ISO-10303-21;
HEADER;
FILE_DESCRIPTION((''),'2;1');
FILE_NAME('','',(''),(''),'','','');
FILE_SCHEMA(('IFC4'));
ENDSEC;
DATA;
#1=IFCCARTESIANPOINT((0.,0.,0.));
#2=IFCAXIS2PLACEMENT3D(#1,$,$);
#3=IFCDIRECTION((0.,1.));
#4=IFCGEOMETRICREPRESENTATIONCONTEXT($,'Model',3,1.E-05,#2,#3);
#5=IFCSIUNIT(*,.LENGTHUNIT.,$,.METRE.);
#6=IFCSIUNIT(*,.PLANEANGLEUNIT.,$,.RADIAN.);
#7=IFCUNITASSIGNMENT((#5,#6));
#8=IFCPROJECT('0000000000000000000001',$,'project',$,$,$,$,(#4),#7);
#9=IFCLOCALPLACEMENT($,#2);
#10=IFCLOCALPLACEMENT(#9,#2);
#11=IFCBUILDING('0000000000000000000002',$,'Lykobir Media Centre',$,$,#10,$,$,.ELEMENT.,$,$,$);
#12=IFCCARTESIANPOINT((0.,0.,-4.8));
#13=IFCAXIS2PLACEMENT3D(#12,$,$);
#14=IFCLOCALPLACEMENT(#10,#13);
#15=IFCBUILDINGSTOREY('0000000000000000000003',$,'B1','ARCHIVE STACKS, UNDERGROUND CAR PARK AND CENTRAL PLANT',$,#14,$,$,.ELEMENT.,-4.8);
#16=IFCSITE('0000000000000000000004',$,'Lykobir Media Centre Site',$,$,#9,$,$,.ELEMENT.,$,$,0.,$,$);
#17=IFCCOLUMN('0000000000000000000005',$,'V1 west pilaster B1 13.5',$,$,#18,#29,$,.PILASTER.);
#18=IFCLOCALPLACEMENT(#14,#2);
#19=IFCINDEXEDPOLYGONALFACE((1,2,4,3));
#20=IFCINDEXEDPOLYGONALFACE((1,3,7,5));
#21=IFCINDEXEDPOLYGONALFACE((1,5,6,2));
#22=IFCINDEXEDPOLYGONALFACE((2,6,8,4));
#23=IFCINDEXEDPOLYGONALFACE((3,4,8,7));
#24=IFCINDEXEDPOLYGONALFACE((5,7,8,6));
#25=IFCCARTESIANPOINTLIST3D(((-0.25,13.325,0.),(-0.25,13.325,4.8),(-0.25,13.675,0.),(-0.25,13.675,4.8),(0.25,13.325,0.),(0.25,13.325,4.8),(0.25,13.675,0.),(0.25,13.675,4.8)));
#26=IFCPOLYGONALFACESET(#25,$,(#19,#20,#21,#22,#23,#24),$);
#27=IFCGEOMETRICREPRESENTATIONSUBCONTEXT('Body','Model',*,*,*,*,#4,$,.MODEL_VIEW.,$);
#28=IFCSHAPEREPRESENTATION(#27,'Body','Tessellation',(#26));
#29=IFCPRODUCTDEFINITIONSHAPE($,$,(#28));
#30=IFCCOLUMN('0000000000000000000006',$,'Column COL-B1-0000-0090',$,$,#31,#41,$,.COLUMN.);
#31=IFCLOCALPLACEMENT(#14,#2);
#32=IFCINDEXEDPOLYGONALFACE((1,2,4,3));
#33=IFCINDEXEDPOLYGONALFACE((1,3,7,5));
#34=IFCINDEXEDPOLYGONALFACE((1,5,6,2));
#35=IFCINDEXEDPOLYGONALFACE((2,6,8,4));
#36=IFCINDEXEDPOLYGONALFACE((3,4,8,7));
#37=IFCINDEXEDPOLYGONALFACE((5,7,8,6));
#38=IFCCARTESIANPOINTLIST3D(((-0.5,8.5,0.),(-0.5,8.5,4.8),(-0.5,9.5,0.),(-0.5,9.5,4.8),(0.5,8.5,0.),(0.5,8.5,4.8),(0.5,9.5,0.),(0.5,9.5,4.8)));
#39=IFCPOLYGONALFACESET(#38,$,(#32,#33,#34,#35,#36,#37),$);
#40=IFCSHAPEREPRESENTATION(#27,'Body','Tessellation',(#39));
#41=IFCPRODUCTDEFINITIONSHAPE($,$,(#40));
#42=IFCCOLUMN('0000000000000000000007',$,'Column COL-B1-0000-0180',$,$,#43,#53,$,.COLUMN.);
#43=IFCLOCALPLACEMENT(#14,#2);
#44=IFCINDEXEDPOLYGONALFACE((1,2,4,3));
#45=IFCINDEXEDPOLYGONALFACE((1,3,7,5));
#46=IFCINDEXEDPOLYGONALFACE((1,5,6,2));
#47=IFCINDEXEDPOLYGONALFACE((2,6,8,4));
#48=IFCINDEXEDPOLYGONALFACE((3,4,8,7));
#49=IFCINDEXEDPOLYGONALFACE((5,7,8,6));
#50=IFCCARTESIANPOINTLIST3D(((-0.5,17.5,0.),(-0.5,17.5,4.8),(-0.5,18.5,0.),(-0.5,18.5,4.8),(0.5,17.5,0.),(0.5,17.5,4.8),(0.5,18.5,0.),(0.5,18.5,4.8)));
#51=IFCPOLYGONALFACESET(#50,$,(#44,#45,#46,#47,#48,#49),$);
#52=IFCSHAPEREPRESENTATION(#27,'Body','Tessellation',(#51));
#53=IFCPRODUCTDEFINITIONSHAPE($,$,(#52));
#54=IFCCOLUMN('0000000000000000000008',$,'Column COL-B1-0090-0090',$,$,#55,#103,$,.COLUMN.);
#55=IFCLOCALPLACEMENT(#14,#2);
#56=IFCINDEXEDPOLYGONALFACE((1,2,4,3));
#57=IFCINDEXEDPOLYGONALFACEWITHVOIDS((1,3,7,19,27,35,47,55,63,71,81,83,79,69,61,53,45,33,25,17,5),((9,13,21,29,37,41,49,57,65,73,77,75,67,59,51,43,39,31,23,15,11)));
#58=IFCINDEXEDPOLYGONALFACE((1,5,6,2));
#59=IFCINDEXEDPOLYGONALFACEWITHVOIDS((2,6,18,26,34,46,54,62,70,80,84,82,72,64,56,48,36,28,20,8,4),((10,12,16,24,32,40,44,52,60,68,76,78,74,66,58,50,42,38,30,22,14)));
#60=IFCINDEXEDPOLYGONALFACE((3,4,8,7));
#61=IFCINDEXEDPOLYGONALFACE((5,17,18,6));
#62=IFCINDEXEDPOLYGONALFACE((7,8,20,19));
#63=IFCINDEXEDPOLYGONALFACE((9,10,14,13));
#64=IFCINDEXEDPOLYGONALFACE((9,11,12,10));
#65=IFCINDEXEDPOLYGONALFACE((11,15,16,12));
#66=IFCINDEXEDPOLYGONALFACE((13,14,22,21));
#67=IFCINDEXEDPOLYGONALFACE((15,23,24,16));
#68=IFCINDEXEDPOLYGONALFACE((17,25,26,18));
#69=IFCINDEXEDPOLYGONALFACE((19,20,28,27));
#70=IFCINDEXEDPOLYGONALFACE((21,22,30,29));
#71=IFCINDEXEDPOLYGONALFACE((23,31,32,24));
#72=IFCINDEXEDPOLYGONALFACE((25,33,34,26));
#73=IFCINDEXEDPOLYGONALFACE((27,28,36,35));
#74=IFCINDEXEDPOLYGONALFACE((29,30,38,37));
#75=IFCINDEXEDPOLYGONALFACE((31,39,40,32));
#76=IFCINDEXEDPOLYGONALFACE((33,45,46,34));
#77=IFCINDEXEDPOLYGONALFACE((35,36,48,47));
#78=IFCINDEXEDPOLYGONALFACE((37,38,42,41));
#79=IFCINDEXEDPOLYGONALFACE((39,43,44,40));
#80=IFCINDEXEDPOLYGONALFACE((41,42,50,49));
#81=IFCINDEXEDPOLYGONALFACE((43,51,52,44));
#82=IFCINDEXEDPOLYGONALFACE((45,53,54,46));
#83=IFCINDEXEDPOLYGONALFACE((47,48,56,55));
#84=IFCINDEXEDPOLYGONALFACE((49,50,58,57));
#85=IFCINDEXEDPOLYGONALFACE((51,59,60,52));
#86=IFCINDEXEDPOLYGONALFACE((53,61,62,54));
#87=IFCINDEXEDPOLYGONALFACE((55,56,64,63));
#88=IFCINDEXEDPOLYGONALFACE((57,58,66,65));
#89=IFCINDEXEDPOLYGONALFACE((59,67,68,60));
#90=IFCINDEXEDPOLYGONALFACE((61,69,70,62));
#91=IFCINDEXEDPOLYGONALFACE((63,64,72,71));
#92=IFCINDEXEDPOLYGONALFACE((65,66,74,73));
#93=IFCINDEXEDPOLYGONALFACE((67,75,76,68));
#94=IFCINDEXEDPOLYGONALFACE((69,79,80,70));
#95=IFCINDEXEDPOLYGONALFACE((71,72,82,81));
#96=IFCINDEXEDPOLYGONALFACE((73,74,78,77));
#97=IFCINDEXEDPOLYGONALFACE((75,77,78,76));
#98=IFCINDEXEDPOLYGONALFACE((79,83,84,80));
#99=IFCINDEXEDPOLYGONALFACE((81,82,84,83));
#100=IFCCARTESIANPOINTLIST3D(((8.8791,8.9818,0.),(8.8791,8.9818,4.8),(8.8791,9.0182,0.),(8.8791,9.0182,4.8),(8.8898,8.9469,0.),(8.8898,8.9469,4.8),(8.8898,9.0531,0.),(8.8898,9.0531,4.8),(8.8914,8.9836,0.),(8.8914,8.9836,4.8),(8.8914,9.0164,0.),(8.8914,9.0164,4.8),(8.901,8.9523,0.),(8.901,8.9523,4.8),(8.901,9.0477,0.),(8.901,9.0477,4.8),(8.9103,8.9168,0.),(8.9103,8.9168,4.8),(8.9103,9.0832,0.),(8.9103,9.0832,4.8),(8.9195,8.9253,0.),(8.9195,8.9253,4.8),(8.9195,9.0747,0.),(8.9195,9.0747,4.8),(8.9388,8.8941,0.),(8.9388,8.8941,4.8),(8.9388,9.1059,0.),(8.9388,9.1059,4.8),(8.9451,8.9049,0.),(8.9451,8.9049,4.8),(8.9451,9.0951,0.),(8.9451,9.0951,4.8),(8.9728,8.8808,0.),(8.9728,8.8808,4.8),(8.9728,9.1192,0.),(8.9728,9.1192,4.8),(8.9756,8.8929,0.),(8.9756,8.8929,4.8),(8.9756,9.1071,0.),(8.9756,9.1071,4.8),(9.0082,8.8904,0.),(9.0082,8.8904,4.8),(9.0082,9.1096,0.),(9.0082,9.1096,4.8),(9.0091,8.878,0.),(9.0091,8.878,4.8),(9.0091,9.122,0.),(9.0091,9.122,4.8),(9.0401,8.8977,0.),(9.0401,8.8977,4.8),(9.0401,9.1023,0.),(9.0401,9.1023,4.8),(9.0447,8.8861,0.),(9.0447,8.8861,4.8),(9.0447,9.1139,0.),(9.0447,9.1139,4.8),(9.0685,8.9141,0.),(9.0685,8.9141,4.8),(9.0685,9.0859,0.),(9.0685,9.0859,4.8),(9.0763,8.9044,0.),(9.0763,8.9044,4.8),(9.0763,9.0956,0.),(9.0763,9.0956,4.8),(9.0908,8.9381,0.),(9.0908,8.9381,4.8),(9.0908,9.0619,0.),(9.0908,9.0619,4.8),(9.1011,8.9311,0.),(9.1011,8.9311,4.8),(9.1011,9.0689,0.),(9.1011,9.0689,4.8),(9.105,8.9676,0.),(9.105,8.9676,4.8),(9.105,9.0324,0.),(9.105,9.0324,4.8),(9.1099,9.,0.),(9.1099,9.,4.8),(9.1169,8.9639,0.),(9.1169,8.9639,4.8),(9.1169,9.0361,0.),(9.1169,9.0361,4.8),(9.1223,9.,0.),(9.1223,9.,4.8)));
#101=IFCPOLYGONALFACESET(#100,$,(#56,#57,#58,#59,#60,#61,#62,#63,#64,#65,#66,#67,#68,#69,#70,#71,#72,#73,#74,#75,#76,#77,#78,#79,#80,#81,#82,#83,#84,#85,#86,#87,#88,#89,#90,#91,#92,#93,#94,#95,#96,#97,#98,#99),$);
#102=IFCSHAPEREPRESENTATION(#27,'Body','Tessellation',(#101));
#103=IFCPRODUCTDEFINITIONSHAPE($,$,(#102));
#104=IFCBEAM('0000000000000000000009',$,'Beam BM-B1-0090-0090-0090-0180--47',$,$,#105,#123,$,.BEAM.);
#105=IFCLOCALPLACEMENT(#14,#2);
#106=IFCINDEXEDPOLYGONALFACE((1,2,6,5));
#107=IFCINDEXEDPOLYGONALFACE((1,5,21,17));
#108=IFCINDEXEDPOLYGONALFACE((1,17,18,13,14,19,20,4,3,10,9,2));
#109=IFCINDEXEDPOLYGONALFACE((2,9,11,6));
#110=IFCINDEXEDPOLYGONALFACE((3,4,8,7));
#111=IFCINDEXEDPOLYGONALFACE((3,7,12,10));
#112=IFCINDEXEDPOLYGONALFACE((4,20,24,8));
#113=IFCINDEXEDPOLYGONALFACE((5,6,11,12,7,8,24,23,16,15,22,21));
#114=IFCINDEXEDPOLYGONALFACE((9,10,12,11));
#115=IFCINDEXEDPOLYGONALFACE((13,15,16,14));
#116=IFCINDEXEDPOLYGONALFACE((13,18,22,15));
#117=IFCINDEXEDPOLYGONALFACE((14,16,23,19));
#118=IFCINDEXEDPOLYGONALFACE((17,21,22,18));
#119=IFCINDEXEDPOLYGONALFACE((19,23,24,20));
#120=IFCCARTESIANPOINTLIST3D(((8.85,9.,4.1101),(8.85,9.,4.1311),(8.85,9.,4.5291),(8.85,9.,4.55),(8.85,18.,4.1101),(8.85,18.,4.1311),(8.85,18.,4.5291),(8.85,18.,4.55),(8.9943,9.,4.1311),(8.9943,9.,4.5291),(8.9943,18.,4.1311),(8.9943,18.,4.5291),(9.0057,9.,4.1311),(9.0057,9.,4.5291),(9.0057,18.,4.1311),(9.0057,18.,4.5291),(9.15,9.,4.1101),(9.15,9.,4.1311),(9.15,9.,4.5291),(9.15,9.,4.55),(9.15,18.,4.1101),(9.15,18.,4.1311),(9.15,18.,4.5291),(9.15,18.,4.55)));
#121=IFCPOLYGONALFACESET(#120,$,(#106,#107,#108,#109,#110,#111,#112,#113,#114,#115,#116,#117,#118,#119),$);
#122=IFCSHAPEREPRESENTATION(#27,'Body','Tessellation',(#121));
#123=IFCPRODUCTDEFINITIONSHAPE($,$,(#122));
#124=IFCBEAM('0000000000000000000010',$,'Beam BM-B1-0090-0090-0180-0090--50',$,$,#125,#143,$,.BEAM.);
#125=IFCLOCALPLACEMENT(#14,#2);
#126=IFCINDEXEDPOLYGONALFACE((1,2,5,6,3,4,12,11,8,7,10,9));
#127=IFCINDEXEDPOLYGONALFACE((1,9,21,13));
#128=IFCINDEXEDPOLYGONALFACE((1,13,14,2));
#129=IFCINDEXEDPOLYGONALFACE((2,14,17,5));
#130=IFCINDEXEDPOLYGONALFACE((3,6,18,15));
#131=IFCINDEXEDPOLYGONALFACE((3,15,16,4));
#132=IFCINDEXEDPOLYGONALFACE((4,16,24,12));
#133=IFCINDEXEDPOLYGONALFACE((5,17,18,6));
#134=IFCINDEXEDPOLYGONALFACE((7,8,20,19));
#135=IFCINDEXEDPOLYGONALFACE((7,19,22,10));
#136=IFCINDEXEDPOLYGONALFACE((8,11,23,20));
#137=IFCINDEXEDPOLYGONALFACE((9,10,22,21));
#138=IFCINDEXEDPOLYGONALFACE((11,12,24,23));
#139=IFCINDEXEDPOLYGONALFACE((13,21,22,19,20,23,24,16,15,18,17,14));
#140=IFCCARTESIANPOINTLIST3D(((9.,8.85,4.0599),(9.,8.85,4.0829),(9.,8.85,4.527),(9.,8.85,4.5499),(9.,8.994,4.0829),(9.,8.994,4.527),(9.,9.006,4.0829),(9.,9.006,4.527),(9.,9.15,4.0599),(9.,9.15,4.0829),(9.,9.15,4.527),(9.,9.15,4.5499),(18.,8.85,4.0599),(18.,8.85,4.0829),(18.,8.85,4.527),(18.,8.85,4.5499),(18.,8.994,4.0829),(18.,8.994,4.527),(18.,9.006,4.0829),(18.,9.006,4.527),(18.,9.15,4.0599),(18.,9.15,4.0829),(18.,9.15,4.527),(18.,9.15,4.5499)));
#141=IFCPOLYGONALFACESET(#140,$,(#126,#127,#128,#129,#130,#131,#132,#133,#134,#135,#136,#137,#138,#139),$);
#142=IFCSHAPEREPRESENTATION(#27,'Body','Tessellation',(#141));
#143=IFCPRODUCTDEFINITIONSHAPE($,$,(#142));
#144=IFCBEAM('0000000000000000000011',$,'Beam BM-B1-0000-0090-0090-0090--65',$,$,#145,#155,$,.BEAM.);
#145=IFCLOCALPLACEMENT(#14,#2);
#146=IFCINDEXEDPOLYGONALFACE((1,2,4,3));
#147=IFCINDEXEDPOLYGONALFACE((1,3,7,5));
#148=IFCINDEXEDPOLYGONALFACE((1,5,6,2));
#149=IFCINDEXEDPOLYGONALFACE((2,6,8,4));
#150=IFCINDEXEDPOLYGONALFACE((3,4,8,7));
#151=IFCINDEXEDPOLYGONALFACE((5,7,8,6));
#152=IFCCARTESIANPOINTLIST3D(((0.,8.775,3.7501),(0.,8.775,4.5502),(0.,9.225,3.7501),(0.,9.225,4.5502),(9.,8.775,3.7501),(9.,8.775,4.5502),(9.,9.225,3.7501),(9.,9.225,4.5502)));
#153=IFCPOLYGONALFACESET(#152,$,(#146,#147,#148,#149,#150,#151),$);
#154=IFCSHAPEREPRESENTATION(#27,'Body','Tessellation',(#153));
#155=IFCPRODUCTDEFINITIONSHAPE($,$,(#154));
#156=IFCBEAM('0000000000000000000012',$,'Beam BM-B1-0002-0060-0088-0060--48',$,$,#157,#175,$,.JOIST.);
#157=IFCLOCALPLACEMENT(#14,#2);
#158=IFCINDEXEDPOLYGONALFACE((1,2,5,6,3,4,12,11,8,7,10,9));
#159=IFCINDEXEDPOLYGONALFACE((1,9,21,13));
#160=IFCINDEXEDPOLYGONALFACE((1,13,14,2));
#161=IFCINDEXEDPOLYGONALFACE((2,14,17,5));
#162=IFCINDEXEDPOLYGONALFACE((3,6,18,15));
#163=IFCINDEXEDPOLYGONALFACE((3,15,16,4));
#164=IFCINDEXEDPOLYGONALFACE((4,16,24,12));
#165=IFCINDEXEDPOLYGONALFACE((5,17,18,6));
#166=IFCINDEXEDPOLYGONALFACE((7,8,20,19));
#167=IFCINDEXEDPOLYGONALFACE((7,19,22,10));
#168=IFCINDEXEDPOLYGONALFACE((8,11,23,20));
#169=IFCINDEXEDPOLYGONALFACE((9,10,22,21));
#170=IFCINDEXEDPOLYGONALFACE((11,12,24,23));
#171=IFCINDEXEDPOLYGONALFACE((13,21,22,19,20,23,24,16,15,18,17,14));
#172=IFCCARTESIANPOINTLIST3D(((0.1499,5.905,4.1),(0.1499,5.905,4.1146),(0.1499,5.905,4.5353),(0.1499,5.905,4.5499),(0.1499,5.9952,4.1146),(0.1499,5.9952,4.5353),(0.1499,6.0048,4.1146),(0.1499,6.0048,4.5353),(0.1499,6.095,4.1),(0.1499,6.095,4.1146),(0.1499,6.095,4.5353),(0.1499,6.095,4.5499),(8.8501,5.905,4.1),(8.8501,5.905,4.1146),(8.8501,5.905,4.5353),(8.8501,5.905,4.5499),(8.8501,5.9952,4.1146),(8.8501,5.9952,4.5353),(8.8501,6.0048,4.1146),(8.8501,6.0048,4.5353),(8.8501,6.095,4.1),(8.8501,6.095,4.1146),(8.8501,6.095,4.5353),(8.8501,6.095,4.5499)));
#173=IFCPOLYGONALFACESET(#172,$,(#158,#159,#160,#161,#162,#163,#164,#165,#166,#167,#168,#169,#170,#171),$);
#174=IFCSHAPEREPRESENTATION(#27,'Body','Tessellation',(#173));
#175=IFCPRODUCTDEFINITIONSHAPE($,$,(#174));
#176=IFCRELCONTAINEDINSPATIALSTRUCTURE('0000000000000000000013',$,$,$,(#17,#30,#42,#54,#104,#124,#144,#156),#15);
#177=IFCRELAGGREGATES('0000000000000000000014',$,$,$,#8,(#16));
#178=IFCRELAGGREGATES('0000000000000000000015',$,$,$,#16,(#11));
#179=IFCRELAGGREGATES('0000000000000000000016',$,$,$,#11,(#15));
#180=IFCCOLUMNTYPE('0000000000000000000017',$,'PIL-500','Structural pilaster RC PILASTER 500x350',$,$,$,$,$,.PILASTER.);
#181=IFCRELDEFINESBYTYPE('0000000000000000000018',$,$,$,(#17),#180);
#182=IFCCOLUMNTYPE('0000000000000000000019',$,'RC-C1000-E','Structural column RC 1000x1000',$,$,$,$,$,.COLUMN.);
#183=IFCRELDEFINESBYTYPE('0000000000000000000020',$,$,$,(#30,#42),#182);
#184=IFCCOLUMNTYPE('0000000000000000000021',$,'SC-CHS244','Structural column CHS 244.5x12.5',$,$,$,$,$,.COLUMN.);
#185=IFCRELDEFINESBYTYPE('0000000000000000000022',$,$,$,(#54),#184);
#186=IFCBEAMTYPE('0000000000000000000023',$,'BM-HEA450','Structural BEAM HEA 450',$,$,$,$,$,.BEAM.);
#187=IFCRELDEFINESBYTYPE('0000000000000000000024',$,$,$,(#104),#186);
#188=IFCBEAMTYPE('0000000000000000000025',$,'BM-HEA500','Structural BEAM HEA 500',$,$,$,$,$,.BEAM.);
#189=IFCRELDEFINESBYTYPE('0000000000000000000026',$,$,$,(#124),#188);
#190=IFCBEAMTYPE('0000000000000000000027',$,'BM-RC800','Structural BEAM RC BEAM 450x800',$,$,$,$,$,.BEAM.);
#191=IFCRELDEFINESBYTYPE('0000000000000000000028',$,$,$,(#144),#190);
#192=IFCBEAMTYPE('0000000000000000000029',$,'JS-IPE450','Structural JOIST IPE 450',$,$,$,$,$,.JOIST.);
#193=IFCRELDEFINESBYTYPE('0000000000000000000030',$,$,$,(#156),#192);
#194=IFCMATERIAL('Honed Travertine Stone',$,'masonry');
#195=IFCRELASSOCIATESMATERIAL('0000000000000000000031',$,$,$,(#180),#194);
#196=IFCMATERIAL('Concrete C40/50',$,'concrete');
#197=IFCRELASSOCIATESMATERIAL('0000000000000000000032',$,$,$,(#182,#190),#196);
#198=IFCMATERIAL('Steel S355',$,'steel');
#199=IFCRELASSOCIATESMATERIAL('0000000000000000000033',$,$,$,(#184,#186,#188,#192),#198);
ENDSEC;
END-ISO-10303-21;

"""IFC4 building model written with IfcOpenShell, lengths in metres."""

from ifc_helpers import new_model, si_unit, direction, frame, origin, origin_2d, place, context, subcontext, project, spatial, rectangle, hollow_circle, i_section, extrude, material, material_profile, profile_set, type_object, element, save


model = new_model("IFC4")

# Units and contexts
model_context = context("Model", 3, precision=1e-05, world=origin(), true_north=direction((0.0, 1.0)))
body_context = subcontext(model_context, "Body", "Model", "MODEL_VIEW")
ifc_project = project(units=[si_unit("LENGTHUNIT", "METRE"), si_unit("PLANEANGLEUNIT", "RADIAN")], contexts=[model_context])

# Site, building, storey
site_placement = place(None, origin())
site = spatial("IfcSite", under=ifc_project, at=site_placement, Name="Lykobir Media Centre Site", CompositionType="ELEMENT", RefElevation=0.0)
building_placement = place(site_placement, origin())
building = spatial("IfcBuilding", under=site, at=building_placement, Name="Lykobir Media Centre", CompositionType="ELEMENT")
storey_placement = place(building_placement, frame((0.0, 0.0, -4.8)))
storey = spatial("IfcBuildingStorey", under=building, at=storey_placement, Name="B1", Description="ARCHIVE STACKS, UNDERGROUND CAR PARK AND CENTRAL PLANT", CompositionType="ELEMENT", Elevation=-4.8)

# Columns
ifc_material_1 = material(Name="Honed Travertine Stone", Category="masonry")
ifc_material_profile_1 = material_profile(ifc_material_1, rectangle(XDim=0.3501, YDim=0.5, at=origin_2d()), Name="RC PILASTER 500x350")
ifc_profile_set_1 = profile_set([ifc_material_profile_1], Name="Honed Travertine Stone")
column_type_1 = type_object("IfcColumnType", Name="PIL-500", Description="Structural pilaster RC PILASTER 500x350", PredefinedType="PILASTER", material=ifc_profile_set_1)
column_1_placement = place(storey_placement, frame((0.0, 13.5, 0.0), z_axis=(0.0, 0.0, 1.0), x_axis=(0.0, 1.0, 0.0)))
element("IfcColumn", 1, at=column_1_placement, inside=storey, type_object=column_type_1, Name="V1 west pilaster B1 13.5", PredefinedType="PILASTER", context=body_context, shape_type="SweptSolid", body=[
    extrude(rectangle(XDim=0.3501, YDim=0.5, at=origin_2d()), origin(), (0.0, 0.0, 1.0), 4.8),
])
ifc_material_2 = material(Name="Concrete C40/50", Category="concrete")
ifc_material_profile_2 = material_profile(ifc_material_2, rectangle(XDim=1.0, YDim=1.0, at=origin_2d()), Name="RC 1000x1000")
ifc_profile_set_2 = profile_set([ifc_material_profile_2], Name="Concrete C40/50")
column_type_2 = type_object("IfcColumnType", Name="RC-C1000-E", Description="Structural column RC 1000x1000", PredefinedType="COLUMN", material=ifc_profile_set_2)
for number, where, z_axis, x_axis, name in (
    (2, (0.0, 9.0, 0.0), (0.0, 0.0, 1.0), (1.0, 0.0, 0.0), "Column COL-B1-0000-0090"),
    (3, (0.0, 18.0, 0.0), (0.0, 0.0, 1.0), (1.0, 0.0, 0.0), "Column COL-B1-0000-0180"),
):
    element("IfcColumn", number, at=place(storey_placement, frame(where, z_axis=z_axis, x_axis=x_axis)), inside=storey, type_object=column_type_2, Name=name, PredefinedType="COLUMN", context=body_context, shape_type="SweptSolid", body=[
        extrude(rectangle(XDim=1.0, YDim=1.0, at=origin_2d()), origin(), (0.0, 0.0, 1.0), 4.8),
    ])
ifc_material_3 = material(Name="Steel S355", Category="steel")
ifc_material_profile_3 = material_profile(ifc_material_3, hollow_circle(Radius=0.1223, WallThickness=0.0125, at=origin_2d()), Name="CHS 244.5x12.5")
ifc_profile_set_3 = profile_set([ifc_material_profile_3], Name="Steel S355")
column_type_3 = type_object("IfcColumnType", Name="SC-CHS244", Description="Structural column CHS 244.5x12.5", PredefinedType="COLUMN", material=ifc_profile_set_3)
column_2_placement = place(storey_placement, frame((9.0, 9.0, 0.0), z_axis=(0.0, 0.0, 1.0), x_axis=(1.0, 0.0, 0.0)))
element("IfcColumn", 4, at=column_2_placement, inside=storey, type_object=column_type_3, Name="Column COL-B1-0090-0090", PredefinedType="COLUMN", context=body_context, shape_type="SweptSolid", body=[
    extrude(hollow_circle(Radius=0.1223, WallThickness=0.0125, at=origin_2d()), origin(), (0.0, 0.0, 1.0), 4.8),
])

# Beams
ifc_material_profile_4 = material_profile(ifc_material_3, i_section(OverallWidth=0.3, OverallDepth=0.4399, WebThickness=0.0115, FlangeThickness=0.021, at=origin_2d()), Name="HEA 450")
ifc_profile_set_4 = profile_set([ifc_material_profile_4], Name="Steel S355")
beam_type_1 = type_object("IfcBeamType", Name="BM-HEA450", Description="Structural BEAM HEA 450", PredefinedType="BEAM", material=ifc_profile_set_4)
beam_1_placement = place(storey_placement, frame((9.0, 9.0, 4.3301), z_axis=(0.0, 1.0, 0.0), x_axis=(-1.0, 0.0, 0.0)))
element("IfcBeam", 5, at=beam_1_placement, inside=storey, type_object=beam_type_1, Name="Beam BM-B1-0090-0090-0090-0180--47", PredefinedType="BEAM", context=body_context, shape_type="SweptSolid", body=[
    extrude(i_section(OverallWidth=0.3, OverallDepth=0.4399, WebThickness=0.0115, FlangeThickness=0.021, at=origin_2d()), origin(), (0.0, 0.0, 1.0), 9.0),
])
ifc_material_profile_5 = material_profile(ifc_material_3, i_section(OverallWidth=0.3, OverallDepth=0.49, WebThickness=0.012, FlangeThickness=0.0229, at=origin_2d()), Name="HEA 500")
ifc_profile_set_5 = profile_set([ifc_material_profile_5], Name="Steel S355")
beam_type_2 = type_object("IfcBeamType", Name="BM-HEA500", Description="Structural BEAM HEA 500", PredefinedType="BEAM", material=ifc_profile_set_5)
beam_2_placement = place(storey_placement, frame((9.0, 9.0, 4.3049), z_axis=(1.0, 0.0, 0.0), x_axis=(0.0, 1.0, 0.0)))
element("IfcBeam", 6, at=beam_2_placement, inside=storey, type_object=beam_type_2, Name="Beam BM-B1-0090-0090-0180-0090--50", PredefinedType="BEAM", context=body_context, shape_type="SweptSolid", body=[
    extrude(i_section(OverallWidth=0.3, OverallDepth=0.49, WebThickness=0.012, FlangeThickness=0.0229, at=origin_2d()), origin(), (0.0, 0.0, 1.0), 9.0),
])
ifc_material_profile_6 = material_profile(ifc_material_2, rectangle(XDim=0.45, YDim=0.8, at=origin_2d()), Name="RC BEAM 450x800")
ifc_profile_set_6 = profile_set([ifc_material_profile_6], Name="Concrete C40/50")
beam_type_3 = type_object("IfcBeamType", Name="BM-RC800", Description="Structural BEAM RC BEAM 450x800", PredefinedType="BEAM", material=ifc_profile_set_6)
beam_3_placement = place(storey_placement, frame((0.0, 9.0, 4.1501), z_axis=(1.0, 0.0, 0.0), x_axis=(0.0, 1.0, 0.0)))
element("IfcBeam", 7, at=beam_3_placement, inside=storey, type_object=beam_type_3, Name="Beam BM-B1-0000-0090-0090-0090--65", PredefinedType="BEAM", context=body_context, shape_type="SweptSolid", body=[
    extrude(rectangle(XDim=0.45, YDim=0.8, at=origin_2d()), origin(), (0.0, 0.0, 1.0), 9.0),
])
ifc_material_profile_7 = material_profile(ifc_material_3, i_section(OverallWidth=0.1899, OverallDepth=0.45, WebThickness=0.0095, FlangeThickness=0.0146, at=origin_2d()), Name="IPE 450")
ifc_profile_set_7 = profile_set([ifc_material_profile_7], Name="Steel S355")
beam_type_4 = type_object("IfcBeamType", Name="JS-IPE450", Description="Structural JOIST IPE 450", PredefinedType="JOIST", material=ifc_profile_set_7)
for number, where, z_axis, x_axis, name in (
    (8, (0.1499, 6.0, 4.325), (1.0, 0.0, 0.0), (0.0, 1.0, 0.0), "Beam BM-B1-0002-0060-0088-0060--48"),
):
    element("IfcBeam", number, at=place(storey_placement, frame(where, z_axis=z_axis, x_axis=x_axis)), inside=storey, type_object=beam_type_4, Name=name, PredefinedType="JOIST", context=body_context, shape_type="SweptSolid", body=[
        extrude(i_section(OverallWidth=0.1899, OverallDepth=0.45, WebThickness=0.0095, FlangeThickness=0.0146, at=origin_2d()), origin(), (0.0, 0.0, 1.0), 8.7002),
    ])

save(model, "model.ifc")
